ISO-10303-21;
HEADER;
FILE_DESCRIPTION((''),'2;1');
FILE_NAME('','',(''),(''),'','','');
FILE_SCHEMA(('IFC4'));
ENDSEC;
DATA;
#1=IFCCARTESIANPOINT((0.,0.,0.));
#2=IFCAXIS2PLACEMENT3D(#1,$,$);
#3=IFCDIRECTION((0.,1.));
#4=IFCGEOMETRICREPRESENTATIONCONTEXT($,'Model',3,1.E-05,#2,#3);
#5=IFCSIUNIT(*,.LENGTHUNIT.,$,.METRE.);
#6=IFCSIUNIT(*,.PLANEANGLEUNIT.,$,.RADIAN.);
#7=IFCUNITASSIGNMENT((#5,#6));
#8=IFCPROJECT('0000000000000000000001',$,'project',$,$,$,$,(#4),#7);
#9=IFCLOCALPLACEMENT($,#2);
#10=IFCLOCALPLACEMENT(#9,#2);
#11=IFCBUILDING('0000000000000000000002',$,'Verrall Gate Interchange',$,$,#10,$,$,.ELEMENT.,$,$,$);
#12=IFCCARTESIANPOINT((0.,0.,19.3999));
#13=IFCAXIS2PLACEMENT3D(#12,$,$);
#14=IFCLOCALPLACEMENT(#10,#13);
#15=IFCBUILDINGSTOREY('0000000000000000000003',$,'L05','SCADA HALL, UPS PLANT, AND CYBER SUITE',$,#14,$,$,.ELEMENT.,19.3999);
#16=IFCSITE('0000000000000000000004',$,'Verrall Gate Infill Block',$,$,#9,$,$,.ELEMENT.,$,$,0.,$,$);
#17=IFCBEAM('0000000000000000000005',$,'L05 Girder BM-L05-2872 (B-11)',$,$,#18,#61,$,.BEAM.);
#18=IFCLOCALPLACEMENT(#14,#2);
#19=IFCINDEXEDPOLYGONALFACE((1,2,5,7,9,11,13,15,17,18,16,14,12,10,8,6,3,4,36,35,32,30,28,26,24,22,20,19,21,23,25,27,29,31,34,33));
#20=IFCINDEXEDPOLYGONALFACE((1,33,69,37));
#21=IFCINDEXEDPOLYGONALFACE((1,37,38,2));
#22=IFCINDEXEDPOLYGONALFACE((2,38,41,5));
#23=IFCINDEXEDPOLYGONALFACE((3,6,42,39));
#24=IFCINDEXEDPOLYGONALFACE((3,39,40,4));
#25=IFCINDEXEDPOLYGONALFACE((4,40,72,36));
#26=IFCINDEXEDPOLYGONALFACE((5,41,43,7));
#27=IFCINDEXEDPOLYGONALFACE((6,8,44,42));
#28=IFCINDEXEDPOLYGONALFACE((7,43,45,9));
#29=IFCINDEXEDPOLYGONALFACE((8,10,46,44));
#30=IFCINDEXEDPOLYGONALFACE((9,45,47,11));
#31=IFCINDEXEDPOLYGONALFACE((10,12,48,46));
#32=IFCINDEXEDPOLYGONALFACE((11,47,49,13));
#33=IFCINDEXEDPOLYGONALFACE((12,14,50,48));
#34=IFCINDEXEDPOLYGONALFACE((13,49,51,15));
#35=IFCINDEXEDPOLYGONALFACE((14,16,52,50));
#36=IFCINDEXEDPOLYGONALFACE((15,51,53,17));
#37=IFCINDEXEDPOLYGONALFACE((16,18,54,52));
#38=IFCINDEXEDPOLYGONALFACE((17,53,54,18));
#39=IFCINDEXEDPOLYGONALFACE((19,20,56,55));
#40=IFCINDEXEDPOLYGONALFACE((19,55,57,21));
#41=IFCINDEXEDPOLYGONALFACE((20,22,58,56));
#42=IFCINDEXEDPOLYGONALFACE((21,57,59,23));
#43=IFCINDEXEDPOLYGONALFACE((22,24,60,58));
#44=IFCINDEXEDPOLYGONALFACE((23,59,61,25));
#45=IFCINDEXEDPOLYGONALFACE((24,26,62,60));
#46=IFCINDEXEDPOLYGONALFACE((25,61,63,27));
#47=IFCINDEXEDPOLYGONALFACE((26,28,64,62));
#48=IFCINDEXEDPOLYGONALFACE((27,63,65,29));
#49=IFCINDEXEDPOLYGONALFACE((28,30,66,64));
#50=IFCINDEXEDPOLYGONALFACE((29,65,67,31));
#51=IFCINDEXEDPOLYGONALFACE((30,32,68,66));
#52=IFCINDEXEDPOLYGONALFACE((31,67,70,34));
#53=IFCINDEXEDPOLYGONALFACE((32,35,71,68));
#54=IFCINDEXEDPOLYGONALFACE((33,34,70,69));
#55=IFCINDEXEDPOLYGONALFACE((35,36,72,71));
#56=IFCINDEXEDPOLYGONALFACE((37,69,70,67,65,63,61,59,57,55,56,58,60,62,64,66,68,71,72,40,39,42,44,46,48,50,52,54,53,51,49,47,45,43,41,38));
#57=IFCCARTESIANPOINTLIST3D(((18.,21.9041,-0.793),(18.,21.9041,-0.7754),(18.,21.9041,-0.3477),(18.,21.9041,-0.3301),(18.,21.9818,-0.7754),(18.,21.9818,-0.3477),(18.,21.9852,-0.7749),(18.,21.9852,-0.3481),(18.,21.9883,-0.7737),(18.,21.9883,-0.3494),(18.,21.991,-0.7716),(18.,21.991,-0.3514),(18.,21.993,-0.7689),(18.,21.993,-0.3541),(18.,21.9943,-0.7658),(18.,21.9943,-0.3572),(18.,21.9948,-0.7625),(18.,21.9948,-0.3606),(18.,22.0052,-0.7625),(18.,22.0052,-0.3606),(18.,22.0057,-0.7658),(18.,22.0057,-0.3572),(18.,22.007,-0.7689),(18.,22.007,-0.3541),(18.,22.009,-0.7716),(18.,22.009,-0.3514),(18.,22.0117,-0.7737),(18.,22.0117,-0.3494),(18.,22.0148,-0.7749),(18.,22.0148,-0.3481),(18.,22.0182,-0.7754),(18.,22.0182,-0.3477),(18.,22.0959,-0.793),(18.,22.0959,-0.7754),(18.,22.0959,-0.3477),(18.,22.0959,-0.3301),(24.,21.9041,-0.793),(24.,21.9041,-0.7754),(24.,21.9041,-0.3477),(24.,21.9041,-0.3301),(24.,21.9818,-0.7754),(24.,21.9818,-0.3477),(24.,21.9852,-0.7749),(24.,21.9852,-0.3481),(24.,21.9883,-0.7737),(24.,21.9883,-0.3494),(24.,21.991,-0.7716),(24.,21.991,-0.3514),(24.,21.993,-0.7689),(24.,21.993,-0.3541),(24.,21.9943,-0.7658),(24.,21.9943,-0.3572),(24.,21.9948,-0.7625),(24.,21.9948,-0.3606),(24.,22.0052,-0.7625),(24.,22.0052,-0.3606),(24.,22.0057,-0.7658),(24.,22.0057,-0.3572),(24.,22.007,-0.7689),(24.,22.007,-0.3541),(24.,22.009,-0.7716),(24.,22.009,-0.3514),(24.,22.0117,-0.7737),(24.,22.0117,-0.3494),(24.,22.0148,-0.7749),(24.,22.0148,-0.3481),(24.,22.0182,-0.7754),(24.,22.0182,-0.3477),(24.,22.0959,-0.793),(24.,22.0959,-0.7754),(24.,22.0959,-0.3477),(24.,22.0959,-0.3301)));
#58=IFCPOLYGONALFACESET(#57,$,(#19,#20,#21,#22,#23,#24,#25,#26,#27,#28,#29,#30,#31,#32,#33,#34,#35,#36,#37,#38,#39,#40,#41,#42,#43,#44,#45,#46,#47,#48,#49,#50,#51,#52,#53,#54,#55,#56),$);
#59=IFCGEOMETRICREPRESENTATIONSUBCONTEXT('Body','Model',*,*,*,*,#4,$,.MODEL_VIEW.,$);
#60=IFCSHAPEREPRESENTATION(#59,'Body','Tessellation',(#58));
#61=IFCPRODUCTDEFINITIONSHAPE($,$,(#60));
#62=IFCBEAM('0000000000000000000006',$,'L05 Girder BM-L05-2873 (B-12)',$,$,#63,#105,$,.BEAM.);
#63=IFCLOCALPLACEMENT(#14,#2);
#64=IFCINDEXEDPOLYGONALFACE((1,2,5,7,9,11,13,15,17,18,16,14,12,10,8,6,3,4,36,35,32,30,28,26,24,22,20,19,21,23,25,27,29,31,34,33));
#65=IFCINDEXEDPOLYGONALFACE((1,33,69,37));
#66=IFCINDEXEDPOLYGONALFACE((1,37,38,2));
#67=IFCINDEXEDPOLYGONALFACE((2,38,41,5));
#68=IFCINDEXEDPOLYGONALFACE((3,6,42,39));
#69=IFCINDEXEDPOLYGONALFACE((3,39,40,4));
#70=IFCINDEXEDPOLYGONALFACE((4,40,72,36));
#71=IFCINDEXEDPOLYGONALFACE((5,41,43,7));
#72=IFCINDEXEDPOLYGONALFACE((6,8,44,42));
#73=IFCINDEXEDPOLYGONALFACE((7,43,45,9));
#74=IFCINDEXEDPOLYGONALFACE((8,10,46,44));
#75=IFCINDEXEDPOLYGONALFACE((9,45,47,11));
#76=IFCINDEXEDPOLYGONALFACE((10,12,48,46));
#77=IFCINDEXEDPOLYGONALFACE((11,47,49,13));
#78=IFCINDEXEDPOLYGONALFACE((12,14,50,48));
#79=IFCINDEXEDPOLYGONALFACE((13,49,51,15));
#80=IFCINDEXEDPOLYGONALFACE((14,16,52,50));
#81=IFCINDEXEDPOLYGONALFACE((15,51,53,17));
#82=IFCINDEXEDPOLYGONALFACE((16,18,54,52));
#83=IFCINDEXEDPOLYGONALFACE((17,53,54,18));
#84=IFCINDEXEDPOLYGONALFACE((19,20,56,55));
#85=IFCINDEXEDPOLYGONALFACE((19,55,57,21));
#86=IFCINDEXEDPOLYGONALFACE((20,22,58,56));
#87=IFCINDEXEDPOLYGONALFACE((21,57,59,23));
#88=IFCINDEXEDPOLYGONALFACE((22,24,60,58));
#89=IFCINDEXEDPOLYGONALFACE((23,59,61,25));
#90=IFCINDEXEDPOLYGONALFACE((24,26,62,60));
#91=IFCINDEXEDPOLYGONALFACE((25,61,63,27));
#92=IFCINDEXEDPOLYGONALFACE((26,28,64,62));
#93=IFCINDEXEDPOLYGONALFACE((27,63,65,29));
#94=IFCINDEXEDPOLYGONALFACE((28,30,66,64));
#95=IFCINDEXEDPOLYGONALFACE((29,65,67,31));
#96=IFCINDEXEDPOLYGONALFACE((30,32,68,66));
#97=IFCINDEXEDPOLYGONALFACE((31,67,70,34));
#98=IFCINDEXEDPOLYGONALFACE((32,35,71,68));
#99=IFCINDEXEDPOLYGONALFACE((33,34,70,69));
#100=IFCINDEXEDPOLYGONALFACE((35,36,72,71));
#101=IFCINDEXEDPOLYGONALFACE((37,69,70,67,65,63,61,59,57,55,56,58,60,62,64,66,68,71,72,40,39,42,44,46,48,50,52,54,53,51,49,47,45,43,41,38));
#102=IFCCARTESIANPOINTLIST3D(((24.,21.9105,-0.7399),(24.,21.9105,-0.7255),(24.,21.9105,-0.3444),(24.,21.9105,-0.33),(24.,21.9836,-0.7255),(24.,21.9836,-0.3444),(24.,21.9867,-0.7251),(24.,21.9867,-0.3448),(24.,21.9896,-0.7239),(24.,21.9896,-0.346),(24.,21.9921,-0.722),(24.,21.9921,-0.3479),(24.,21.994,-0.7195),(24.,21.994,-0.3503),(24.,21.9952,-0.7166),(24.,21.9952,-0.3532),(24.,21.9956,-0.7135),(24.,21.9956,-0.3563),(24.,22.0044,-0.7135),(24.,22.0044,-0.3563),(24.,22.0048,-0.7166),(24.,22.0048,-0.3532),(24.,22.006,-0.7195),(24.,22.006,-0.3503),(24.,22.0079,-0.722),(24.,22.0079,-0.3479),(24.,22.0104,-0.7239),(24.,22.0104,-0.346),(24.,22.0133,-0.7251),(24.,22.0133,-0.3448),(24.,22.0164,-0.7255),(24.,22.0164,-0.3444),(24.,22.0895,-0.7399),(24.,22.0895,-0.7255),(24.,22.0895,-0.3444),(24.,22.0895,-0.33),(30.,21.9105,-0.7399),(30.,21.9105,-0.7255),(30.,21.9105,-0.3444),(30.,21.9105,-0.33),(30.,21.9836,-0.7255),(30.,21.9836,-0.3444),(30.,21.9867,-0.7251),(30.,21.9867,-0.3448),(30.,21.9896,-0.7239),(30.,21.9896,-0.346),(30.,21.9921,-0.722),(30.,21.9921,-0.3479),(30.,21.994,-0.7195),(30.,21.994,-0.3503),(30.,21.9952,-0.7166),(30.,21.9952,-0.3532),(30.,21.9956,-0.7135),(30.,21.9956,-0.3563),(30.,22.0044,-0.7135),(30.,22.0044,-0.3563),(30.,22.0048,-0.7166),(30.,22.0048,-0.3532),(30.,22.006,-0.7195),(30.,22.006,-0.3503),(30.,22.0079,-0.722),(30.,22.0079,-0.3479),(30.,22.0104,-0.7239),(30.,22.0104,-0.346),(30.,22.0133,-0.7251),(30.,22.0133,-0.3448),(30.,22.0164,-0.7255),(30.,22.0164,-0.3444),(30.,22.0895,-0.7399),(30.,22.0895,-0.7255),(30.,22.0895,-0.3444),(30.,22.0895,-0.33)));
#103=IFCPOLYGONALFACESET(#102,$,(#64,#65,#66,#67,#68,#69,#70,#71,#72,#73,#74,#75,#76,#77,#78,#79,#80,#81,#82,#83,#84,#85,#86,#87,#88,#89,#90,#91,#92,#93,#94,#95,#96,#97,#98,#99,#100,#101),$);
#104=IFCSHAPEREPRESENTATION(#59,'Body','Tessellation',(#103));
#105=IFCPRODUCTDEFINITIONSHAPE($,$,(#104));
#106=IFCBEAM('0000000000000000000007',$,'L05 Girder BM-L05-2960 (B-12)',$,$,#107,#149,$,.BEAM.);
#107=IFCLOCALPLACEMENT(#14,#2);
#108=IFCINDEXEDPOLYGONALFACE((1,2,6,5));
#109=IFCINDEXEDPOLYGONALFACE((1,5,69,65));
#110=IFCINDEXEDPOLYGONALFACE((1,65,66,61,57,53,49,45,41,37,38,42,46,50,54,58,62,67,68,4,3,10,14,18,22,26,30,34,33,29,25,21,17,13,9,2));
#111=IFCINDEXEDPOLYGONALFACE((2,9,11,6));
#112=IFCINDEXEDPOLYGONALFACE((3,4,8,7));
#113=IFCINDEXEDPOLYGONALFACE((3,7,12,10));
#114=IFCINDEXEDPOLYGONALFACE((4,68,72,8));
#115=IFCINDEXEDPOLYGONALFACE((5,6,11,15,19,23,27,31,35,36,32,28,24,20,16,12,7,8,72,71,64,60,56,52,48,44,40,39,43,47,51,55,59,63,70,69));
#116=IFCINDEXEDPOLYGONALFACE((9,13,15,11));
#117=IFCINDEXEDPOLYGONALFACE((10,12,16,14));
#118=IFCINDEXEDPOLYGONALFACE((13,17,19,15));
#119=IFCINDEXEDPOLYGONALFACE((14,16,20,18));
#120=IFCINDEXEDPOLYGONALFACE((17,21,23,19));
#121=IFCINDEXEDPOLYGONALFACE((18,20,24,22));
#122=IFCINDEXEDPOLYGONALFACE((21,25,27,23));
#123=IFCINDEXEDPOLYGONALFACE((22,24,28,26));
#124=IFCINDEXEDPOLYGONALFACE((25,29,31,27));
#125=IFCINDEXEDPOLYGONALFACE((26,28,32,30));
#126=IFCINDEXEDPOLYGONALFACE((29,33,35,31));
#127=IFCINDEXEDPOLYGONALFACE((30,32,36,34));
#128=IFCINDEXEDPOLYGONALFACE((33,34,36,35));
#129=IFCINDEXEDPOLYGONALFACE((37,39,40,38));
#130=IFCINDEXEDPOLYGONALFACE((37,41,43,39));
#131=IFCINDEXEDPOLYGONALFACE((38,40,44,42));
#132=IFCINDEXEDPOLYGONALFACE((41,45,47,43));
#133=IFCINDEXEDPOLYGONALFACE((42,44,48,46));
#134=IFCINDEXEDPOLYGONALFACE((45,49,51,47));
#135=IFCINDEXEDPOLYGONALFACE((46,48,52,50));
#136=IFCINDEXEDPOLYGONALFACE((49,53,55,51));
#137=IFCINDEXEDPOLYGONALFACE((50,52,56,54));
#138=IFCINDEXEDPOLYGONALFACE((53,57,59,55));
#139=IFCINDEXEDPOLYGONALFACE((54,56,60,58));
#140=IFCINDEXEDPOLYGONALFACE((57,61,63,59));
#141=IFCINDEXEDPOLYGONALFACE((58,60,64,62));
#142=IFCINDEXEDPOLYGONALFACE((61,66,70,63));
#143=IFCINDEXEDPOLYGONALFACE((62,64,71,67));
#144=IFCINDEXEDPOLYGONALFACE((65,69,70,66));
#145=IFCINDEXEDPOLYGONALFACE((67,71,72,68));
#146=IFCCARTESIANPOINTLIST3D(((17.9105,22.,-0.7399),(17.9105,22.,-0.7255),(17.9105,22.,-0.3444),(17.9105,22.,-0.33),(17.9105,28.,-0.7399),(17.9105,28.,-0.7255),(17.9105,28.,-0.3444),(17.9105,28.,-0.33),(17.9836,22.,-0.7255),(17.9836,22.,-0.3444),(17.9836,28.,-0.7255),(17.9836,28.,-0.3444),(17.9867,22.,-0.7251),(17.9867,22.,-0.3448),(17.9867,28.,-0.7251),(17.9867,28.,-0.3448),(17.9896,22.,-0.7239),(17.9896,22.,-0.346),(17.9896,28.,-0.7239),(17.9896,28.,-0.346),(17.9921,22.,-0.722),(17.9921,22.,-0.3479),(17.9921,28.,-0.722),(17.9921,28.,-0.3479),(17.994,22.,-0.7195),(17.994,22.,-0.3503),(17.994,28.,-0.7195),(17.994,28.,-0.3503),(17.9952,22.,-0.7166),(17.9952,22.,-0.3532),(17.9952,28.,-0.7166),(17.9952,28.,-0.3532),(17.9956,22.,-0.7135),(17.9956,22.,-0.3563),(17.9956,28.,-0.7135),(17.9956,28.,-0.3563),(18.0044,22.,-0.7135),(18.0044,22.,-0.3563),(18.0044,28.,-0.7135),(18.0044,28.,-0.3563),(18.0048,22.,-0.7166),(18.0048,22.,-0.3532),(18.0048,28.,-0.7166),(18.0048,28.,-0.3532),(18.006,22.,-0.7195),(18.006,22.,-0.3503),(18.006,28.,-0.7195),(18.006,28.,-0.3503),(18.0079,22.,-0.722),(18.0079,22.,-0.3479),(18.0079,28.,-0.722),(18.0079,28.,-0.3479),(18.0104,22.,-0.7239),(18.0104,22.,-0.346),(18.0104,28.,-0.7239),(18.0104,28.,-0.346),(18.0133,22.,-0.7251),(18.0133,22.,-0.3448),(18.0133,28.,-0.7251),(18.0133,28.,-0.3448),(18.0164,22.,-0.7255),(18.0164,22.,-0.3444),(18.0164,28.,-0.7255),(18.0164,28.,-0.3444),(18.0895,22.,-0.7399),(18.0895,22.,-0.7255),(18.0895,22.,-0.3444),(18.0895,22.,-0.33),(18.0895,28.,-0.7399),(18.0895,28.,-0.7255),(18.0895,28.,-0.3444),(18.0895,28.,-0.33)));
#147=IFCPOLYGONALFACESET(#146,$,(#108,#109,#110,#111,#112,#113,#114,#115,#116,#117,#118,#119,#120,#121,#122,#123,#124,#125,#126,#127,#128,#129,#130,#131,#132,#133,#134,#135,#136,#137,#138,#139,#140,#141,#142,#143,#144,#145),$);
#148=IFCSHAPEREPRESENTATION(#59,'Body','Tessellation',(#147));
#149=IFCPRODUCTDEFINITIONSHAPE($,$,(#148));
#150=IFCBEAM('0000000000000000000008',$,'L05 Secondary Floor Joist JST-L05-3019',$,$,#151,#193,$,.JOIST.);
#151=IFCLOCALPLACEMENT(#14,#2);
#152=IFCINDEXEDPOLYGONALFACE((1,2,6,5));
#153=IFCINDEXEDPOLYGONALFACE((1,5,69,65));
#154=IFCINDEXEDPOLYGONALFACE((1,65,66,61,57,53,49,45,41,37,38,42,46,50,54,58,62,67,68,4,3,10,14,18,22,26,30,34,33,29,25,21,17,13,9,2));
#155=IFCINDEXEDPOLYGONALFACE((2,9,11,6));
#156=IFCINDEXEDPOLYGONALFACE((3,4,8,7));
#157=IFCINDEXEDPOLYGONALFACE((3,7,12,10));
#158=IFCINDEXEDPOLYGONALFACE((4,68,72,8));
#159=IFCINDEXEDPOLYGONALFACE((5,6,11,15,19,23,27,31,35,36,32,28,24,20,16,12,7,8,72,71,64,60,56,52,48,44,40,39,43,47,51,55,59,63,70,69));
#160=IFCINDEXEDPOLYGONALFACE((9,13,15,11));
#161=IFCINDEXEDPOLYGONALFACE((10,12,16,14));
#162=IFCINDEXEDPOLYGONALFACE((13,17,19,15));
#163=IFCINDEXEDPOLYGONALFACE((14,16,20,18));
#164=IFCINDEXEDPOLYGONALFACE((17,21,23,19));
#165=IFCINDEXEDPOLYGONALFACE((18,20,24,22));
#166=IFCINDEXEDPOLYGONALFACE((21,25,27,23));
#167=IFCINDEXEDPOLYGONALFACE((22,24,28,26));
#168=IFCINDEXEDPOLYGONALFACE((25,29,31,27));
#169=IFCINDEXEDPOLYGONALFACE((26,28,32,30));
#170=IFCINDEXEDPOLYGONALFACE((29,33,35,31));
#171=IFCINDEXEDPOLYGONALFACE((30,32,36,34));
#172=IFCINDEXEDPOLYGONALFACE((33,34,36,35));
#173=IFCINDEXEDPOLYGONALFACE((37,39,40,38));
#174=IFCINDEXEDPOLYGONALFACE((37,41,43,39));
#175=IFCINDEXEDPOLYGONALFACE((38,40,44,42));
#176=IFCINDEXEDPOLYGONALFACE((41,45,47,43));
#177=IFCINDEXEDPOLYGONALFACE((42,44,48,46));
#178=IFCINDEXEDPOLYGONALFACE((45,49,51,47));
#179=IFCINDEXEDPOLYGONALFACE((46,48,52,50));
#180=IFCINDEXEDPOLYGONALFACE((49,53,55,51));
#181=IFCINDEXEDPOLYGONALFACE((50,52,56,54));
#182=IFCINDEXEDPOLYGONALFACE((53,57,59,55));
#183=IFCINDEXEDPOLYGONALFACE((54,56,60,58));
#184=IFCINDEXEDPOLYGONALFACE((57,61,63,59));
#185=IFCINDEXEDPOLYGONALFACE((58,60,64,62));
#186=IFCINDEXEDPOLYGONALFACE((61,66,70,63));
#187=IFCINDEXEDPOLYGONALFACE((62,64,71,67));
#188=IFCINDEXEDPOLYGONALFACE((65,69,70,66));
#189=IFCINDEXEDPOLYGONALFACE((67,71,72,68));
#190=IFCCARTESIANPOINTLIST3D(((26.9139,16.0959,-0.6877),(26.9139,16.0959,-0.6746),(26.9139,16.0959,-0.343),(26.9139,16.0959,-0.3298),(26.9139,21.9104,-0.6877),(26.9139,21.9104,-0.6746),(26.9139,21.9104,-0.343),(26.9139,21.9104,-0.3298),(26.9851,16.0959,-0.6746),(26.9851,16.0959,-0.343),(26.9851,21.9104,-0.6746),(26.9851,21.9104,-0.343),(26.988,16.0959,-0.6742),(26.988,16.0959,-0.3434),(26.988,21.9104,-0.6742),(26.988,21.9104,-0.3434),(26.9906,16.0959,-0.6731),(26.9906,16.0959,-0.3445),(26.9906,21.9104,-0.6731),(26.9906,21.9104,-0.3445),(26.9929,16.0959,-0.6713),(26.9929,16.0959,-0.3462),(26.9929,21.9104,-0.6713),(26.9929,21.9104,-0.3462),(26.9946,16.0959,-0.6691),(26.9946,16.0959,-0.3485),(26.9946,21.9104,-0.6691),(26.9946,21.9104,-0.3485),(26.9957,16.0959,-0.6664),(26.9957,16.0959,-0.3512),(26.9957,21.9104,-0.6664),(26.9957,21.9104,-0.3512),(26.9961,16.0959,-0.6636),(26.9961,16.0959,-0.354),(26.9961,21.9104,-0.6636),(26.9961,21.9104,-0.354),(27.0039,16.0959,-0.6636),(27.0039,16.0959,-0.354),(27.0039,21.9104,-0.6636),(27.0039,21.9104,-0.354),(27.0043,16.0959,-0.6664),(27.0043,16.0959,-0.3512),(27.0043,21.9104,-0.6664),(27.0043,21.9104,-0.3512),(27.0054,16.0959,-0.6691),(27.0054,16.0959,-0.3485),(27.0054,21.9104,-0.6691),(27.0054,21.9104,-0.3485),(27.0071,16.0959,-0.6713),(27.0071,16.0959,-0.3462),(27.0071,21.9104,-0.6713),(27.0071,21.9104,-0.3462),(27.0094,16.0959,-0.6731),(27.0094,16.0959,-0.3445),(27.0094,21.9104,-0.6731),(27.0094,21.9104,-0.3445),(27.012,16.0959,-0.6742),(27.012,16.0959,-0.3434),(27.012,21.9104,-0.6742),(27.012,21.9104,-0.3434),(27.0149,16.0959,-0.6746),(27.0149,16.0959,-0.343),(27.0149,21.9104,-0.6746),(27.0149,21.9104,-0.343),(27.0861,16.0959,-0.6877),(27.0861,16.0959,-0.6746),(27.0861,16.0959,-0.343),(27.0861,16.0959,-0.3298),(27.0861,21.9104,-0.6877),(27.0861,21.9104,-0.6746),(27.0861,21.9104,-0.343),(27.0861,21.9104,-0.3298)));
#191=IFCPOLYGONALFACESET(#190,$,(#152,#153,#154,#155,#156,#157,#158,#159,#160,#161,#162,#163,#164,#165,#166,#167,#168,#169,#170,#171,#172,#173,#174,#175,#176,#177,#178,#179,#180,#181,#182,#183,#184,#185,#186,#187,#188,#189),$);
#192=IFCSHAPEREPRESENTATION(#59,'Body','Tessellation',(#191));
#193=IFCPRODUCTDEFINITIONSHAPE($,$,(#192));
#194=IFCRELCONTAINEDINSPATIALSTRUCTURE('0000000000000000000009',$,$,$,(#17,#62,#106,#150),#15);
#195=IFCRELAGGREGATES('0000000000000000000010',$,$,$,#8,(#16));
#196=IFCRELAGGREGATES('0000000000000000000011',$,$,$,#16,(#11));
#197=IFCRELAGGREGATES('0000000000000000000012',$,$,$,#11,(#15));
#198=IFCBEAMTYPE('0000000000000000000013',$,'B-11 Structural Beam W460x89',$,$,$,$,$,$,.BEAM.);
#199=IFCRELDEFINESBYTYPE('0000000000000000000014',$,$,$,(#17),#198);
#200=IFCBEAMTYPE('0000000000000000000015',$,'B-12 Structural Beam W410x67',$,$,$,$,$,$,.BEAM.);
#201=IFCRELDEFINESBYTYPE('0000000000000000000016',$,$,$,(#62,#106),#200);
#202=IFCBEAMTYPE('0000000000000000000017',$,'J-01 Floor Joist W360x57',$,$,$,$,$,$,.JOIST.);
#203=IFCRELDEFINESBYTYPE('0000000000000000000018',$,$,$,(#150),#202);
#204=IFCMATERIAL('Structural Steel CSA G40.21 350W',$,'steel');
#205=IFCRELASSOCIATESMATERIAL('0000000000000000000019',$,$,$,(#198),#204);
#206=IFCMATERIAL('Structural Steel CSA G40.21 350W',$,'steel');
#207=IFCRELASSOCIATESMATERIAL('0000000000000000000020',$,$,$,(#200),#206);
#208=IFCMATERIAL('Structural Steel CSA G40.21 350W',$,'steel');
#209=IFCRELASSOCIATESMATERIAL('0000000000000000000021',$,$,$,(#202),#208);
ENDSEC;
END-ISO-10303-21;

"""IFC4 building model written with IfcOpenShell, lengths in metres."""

from ifc_helpers import new_model, si_unit, direction, frame, origin, origin_2d, place, context, subcontext, project, spatial, i_section, extrude, material, material_profile, profile_set, type_object, element, save


model = new_model("IFC4")

# Units and contexts
model_context = context("Model", 3, precision=1e-05, world=origin(), true_north=direction((0.0, 1.0)))
body_context = subcontext(model_context, "Body", "Model", "MODEL_VIEW")
ifc_project = project(units=[si_unit("LENGTHUNIT", "METRE"), si_unit("PLANEANGLEUNIT", "RADIAN")], contexts=[model_context])

# Site, building, storey
site_placement = place(None, origin())
site = spatial("IfcSite", under=ifc_project, at=site_placement, Name="Verrall Gate Infill Block", CompositionType="ELEMENT", RefElevation=0.0)
building_placement = place(site_placement, origin())
building = spatial("IfcBuilding", under=site, at=building_placement, Name="Verrall Gate Interchange", CompositionType="ELEMENT")
storey_placement = place(building_placement, frame((0.0, 0.0, 19.3999)))
storey = spatial("IfcBuildingStorey", under=building, at=storey_placement, Name="L05", Description="SCADA HALL, UPS PLANT, AND CYBER SUITE", CompositionType="ELEMENT", Elevation=19.3999)

# Beams
ifc_material_1 = material(Name="Structural Steel CSA G40.21 350W", Category="steel")
ifc_material_profile_1 = material_profile(ifc_material_1, i_section(OverallWidth=0.1919, OverallDepth=0.4629, WebThickness=0.0105, FlangeThickness=0.0176, FilletRadius=0.0129, at=origin_2d()), Name="W460x89")
ifc_profile_set_1 = profile_set([ifc_material_profile_1], Name="Structural Steel CSA G40.21 350W")
beam_type_1 = type_object("IfcBeamType", Name="B-11 Structural Beam W460x89", PredefinedType="BEAM", material=ifc_profile_set_1)
beam_1_placement = place(storey_placement, frame((18.0, 22.0, -0.5615), z_axis=(1.0, 0.0, 0.0), x_axis=(0.0, 1.0, 0.0)))
element("IfcBeam", 1, at=beam_1_placement, inside=storey, type_object=beam_type_1, Name="L05 Girder BM-L05-2872 (B-11)", PredefinedType="BEAM", context=body_context, shape_type="SweptSolid", body=[
    extrude(i_section(OverallWidth=0.1919, OverallDepth=0.4629, WebThickness=0.0105, FlangeThickness=0.0176, FilletRadius=0.0129, at=origin_2d()), origin(), (0.0, 0.0, 1.0), 6.0),
])
ifc_material_2 = material(Name="Structural Steel CSA G40.21 350W", Category="steel")
ifc_material_profile_2 = material_profile(ifc_material_2, i_section(OverallWidth=0.179, OverallDepth=0.4099, WebThickness=0.0088, FlangeThickness=0.0144, FilletRadius=0.012, at=origin_2d()), Name="W410x67")
ifc_profile_set_2 = profile_set([ifc_material_profile_2], Name="Structural Steel CSA G40.21 350W")
beam_type_2 = type_object("IfcBeamType", Name="B-12 Structural Beam W410x67", PredefinedType="BEAM", material=ifc_profile_set_2)
for number, where, z_axis, x_axis, name in (
    (2, (24.0, 22.0, -0.5349), (1.0, 0.0, 0.0), (0.0, 1.0, 0.0), "L05 Girder BM-L05-2873 (B-12)"),
    (3, (18.0, 22.0, -0.5349), (0.0, 1.0, 0.0), (-1.0, 0.0, 0.0), "L05 Girder BM-L05-2960 (B-12)"),
):
    element("IfcBeam", number, at=place(storey_placement, frame(where, z_axis=z_axis, x_axis=x_axis)), inside=storey, type_object=beam_type_2, Name=name, PredefinedType="BEAM", context=body_context, shape_type="SweptSolid", body=[
        extrude(i_section(OverallWidth=0.179, OverallDepth=0.4099, WebThickness=0.0088, FlangeThickness=0.0144, FilletRadius=0.012, at=origin_2d()), origin(), (0.0, 0.0, 1.0), 6.0),
    ])
ifc_material_3 = material(Name="Structural Steel CSA G40.21 350W", Category="steel")
ifc_material_profile_3 = material_profile(ifc_material_3, i_section(OverallWidth=0.1721, OverallDepth=0.3579, WebThickness=0.0078, FlangeThickness=0.0132, FilletRadius=0.011, at=origin_2d()), Name="W360x57")
ifc_profile_set_3 = profile_set([ifc_material_profile_3], Name="Structural Steel CSA G40.21 350W")
beam_type_3 = type_object("IfcBeamType", Name="J-01 Floor Joist W360x57", PredefinedType="JOIST", material=ifc_profile_set_3)
for number, where, z_axis, x_axis, name in (
    (4, (27.0, 16.0959, -0.5088), (0.0, 1.0, 0.0), (-1.0, 0.0, 0.0), "L05 Secondary Floor Joist JST-L05-3019"),
):
    element("IfcBeam", number, at=place(storey_placement, frame(where, z_axis=z_axis, x_axis=x_axis)), inside=storey, type_object=beam_type_3, Name=name, PredefinedType="JOIST", context=body_context, shape_type="SweptSolid", body=[
        extrude(i_section(OverallWidth=0.1721, OverallDepth=0.3579, WebThickness=0.0078, FlangeThickness=0.0132, FilletRadius=0.011, at=origin_2d()), origin(), (0.0, 0.0, 1.0), 5.8145),
    ])

save(model, "model.ifc")
